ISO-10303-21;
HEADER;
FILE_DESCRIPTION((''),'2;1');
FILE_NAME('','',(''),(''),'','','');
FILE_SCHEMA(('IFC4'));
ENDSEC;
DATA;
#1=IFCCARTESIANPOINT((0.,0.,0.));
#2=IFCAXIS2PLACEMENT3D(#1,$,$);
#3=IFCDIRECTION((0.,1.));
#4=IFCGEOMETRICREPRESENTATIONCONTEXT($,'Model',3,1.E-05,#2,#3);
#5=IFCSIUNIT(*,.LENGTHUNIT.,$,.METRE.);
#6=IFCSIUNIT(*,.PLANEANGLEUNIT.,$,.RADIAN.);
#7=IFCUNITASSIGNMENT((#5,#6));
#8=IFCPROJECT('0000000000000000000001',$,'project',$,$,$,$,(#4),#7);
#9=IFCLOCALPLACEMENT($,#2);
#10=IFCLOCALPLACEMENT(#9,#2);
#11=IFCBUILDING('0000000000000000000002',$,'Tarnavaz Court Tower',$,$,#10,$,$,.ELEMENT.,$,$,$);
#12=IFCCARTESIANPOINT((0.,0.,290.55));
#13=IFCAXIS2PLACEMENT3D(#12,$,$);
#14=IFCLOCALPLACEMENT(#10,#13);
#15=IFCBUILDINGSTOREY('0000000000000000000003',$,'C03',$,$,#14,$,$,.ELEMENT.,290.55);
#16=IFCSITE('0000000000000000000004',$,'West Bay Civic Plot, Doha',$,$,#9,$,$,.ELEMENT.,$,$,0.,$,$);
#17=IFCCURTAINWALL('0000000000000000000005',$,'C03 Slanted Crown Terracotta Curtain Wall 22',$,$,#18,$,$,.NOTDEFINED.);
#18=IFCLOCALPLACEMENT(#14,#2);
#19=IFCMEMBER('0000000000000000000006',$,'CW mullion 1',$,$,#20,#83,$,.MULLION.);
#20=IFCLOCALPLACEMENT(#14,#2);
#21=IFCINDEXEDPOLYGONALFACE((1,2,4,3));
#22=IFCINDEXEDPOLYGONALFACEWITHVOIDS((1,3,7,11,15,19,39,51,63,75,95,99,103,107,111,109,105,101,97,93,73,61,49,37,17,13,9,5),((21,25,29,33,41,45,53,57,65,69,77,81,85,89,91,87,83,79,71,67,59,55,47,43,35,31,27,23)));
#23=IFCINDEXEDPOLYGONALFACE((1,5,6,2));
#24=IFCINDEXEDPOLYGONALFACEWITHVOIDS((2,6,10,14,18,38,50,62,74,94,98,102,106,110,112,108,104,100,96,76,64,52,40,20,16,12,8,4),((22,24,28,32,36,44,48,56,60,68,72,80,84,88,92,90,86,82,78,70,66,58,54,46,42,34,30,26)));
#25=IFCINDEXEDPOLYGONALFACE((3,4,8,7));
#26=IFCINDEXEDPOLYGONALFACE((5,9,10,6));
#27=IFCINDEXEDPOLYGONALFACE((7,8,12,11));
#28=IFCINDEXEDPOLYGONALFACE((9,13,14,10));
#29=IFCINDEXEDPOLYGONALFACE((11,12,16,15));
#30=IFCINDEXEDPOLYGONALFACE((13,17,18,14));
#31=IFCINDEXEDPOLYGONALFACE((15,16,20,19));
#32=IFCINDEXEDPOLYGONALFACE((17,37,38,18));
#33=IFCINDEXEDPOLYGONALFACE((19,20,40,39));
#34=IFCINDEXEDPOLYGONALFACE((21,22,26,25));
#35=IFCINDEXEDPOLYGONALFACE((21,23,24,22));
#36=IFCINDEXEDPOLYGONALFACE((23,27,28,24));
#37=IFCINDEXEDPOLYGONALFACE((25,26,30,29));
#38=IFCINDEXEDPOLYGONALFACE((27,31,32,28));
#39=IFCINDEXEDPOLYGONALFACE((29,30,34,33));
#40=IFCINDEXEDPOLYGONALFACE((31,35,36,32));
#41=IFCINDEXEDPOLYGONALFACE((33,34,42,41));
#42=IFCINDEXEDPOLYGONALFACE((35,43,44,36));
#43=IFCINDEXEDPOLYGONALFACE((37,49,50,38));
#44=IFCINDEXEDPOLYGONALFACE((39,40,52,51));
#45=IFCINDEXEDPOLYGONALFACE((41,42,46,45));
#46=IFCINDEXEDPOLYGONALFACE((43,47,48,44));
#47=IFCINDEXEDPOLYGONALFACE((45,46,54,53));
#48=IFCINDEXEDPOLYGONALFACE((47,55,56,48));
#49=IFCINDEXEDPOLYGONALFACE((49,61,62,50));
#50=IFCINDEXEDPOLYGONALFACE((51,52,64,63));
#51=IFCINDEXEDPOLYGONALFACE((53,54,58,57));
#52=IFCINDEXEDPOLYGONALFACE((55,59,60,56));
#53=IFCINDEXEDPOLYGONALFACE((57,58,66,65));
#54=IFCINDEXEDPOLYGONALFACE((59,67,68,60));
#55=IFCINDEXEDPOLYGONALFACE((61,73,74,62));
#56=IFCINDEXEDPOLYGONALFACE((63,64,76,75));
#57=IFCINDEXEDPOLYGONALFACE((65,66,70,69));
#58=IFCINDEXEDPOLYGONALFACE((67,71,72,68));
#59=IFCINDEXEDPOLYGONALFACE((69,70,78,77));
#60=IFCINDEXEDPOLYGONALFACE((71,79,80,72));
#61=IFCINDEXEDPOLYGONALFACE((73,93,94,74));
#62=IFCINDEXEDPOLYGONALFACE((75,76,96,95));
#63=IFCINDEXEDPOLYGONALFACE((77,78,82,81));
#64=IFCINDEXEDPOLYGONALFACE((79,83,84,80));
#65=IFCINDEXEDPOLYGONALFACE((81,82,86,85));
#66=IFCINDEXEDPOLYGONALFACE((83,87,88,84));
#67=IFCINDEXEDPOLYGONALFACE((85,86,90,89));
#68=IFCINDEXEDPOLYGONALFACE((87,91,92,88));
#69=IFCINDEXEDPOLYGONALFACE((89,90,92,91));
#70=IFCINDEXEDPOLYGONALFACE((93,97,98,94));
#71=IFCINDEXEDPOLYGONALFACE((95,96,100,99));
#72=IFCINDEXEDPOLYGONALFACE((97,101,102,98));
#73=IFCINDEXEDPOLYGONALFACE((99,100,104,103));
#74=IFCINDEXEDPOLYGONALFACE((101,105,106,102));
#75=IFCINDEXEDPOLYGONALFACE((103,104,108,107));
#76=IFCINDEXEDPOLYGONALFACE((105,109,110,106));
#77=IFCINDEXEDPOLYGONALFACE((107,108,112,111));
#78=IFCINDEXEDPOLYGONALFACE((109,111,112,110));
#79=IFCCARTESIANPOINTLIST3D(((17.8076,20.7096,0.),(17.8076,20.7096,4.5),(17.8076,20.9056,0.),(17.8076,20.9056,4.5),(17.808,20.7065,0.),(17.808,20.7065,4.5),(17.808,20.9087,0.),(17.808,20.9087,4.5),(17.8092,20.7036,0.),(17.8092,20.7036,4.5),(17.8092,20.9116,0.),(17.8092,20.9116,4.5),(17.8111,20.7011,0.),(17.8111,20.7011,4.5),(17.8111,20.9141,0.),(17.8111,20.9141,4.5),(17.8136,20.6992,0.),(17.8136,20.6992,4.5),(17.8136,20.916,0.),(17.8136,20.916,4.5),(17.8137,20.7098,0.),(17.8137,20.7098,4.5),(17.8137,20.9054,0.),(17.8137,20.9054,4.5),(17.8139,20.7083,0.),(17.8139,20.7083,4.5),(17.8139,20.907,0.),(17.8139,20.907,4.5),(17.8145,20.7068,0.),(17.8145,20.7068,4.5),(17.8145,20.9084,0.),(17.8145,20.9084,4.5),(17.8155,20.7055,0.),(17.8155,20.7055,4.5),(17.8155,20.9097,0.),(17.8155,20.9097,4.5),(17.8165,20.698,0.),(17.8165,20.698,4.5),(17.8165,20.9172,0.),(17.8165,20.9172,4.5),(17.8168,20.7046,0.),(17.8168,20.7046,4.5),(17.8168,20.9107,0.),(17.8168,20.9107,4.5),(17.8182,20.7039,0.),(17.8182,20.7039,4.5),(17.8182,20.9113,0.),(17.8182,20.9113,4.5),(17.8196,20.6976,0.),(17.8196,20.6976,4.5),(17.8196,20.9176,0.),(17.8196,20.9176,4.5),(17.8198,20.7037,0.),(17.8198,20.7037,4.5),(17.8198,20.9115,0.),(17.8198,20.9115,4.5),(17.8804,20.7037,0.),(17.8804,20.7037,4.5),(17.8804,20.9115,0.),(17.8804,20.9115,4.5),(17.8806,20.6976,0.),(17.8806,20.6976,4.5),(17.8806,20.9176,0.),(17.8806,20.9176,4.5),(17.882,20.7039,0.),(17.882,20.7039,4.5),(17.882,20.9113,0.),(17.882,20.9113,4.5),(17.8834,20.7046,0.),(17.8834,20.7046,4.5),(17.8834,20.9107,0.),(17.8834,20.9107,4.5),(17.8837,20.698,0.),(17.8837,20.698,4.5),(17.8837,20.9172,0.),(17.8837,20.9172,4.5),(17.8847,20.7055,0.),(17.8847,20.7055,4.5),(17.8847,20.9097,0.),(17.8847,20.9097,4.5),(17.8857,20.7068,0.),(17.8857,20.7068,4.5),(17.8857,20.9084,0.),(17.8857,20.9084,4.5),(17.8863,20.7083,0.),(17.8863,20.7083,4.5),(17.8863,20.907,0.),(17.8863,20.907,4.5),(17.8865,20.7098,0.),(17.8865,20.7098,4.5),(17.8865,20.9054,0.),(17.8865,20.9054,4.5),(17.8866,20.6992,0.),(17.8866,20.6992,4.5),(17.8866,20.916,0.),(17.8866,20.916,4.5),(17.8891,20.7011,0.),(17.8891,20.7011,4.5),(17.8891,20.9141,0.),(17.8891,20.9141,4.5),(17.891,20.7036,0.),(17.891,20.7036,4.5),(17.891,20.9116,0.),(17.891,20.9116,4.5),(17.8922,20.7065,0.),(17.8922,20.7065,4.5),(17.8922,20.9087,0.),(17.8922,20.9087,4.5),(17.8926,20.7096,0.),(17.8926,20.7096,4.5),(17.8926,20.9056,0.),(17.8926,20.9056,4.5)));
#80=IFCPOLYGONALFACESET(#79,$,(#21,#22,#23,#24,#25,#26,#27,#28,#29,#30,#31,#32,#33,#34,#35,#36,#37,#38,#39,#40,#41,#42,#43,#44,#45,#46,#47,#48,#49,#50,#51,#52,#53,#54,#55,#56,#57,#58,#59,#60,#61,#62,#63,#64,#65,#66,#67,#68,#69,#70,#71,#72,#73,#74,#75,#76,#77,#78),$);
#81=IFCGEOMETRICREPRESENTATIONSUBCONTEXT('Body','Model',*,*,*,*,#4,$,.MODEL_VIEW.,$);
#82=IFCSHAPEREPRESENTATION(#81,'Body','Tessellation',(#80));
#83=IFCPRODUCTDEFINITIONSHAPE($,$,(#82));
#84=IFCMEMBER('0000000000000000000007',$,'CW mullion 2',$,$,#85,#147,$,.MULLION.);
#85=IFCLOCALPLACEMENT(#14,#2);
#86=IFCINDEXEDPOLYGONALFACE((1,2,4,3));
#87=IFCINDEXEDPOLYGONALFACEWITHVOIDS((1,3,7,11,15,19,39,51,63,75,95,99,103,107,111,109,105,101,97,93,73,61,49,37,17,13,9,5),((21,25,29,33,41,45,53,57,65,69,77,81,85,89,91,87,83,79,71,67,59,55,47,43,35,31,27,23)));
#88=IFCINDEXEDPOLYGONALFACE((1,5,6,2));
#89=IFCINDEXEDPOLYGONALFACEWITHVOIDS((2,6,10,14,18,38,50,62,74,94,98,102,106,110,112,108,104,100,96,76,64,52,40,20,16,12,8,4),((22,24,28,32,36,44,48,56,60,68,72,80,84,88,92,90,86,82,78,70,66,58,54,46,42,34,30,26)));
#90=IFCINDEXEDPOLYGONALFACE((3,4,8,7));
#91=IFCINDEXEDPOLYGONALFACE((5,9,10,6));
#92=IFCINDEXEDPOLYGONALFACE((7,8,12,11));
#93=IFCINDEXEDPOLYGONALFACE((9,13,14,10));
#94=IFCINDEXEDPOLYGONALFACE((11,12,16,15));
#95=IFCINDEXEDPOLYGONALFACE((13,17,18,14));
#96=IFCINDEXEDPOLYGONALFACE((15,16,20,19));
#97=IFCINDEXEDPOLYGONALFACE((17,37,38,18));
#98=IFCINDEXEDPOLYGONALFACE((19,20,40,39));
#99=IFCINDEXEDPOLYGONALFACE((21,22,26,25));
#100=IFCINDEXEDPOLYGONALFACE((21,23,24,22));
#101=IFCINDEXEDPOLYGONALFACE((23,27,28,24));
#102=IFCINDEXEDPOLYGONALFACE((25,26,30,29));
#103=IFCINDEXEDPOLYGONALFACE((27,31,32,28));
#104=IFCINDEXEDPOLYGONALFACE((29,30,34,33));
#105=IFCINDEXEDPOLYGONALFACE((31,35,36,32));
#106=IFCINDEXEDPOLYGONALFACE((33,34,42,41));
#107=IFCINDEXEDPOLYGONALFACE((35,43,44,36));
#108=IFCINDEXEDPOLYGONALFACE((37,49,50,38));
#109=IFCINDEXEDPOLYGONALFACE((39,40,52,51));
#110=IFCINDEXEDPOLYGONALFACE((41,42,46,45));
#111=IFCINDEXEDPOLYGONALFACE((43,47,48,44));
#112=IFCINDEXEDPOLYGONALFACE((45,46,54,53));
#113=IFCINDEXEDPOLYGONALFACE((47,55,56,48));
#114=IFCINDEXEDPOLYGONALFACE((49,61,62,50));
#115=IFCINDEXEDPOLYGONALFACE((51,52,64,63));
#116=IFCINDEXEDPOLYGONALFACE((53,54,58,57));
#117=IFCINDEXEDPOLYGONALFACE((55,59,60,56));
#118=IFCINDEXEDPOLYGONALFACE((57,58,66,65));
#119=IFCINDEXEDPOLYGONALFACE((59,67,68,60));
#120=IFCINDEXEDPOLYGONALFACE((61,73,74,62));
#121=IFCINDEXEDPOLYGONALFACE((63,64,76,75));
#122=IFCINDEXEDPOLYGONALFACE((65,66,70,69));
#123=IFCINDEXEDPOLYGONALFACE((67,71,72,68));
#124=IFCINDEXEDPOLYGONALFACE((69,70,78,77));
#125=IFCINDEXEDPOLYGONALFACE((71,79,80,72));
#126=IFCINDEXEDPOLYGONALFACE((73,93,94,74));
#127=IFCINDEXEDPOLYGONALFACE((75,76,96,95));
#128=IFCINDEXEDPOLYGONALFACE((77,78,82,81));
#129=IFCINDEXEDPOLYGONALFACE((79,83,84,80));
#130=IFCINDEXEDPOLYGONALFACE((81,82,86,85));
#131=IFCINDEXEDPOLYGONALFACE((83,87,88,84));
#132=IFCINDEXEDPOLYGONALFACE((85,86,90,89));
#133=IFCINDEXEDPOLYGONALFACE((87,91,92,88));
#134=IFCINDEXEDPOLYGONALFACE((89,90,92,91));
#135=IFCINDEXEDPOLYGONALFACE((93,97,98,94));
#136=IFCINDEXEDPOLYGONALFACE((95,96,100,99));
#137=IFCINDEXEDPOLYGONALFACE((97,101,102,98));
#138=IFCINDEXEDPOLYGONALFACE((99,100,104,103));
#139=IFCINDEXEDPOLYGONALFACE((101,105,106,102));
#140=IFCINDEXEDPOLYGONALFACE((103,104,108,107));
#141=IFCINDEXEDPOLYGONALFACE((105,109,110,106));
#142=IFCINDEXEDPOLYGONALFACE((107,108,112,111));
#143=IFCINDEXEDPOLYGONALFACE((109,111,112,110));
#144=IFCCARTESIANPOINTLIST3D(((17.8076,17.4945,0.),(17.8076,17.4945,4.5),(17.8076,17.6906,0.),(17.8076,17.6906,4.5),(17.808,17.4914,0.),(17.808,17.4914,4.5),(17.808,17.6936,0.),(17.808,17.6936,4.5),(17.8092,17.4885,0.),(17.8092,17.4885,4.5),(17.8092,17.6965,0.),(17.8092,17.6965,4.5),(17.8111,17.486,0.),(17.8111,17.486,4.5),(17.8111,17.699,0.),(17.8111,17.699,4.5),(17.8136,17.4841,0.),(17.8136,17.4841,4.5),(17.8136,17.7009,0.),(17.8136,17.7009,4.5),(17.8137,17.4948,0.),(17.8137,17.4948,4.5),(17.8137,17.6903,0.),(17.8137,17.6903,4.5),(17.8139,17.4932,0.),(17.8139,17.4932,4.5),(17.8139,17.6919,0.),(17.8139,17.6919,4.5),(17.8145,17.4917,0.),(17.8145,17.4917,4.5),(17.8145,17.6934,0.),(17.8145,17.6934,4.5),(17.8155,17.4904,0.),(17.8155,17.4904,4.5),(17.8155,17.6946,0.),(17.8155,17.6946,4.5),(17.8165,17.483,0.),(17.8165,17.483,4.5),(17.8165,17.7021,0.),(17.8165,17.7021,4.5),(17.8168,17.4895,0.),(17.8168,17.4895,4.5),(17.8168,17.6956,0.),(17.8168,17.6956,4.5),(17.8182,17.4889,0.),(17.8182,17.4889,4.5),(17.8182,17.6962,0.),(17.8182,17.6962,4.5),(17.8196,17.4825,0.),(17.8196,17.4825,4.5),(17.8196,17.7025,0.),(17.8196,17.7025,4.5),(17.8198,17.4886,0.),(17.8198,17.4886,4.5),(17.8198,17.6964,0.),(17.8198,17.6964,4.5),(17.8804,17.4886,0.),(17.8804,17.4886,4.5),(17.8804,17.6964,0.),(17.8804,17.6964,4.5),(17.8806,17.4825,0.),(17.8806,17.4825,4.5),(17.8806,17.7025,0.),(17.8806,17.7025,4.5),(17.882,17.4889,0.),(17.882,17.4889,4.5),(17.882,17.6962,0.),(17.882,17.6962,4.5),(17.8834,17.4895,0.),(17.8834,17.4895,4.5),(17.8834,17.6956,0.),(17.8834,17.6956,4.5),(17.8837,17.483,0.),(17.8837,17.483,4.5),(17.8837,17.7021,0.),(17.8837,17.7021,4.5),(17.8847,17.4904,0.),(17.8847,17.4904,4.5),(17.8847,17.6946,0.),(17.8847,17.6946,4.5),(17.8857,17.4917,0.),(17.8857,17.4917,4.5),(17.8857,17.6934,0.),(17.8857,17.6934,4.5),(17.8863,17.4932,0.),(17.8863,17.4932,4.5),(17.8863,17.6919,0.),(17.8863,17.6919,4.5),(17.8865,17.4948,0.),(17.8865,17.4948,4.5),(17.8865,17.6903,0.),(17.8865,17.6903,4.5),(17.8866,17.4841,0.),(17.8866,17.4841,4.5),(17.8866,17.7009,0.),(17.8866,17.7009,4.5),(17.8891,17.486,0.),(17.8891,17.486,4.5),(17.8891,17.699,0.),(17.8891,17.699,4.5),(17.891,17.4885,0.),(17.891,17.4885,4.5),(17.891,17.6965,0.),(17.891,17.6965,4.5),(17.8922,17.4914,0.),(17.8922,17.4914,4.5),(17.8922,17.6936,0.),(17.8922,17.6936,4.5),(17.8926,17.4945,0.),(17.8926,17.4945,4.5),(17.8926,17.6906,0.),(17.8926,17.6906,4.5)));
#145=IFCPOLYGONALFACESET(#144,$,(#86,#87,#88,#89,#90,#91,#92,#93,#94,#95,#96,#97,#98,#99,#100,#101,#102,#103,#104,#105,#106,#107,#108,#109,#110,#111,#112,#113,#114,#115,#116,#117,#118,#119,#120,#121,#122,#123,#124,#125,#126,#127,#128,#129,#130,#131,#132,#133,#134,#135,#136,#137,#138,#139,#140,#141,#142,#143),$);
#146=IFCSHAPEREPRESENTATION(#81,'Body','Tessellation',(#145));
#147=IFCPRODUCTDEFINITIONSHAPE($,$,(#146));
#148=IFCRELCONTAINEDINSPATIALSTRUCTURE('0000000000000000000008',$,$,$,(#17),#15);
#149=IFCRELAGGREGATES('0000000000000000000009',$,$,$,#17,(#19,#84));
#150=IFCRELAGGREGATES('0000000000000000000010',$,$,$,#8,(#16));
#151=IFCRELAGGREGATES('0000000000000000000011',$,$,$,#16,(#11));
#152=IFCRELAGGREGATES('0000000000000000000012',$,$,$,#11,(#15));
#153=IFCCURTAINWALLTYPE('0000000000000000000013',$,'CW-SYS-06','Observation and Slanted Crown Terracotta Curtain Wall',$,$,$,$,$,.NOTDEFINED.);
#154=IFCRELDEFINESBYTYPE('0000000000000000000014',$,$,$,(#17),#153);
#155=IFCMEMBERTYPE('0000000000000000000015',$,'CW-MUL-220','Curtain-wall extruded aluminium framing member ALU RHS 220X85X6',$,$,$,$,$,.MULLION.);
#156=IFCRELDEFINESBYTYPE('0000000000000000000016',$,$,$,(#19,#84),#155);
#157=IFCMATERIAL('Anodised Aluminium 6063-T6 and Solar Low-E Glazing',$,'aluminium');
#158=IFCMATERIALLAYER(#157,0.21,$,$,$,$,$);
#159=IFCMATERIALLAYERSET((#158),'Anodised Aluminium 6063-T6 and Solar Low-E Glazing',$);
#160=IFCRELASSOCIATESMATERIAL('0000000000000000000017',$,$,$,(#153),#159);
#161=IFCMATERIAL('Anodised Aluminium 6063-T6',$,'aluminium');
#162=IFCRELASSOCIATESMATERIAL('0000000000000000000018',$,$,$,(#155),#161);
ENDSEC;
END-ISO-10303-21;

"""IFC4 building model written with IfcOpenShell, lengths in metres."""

from ifc_helpers import new_model, si_unit, direction, frame, origin, origin_2d, place, context, subcontext, project, spatial, hollow_rectangle, extrude, material, layer, layer_set, material_profile, profile_set, type_object, element, aggregate, save


model = new_model("IFC4")

# Units and contexts
model_context = context("Model", 3, precision=1e-05, world=origin(), true_north=direction((0.0, 1.0)))
body_context = subcontext(model_context, "Body", "Model", "MODEL_VIEW")
ifc_project = project(units=[si_unit("LENGTHUNIT", "METRE"), si_unit("PLANEANGLEUNIT", "RADIAN")], contexts=[model_context])

# Site, building, storey
site_placement = place(None, origin())
site = spatial("IfcSite", under=ifc_project, at=site_placement, Name="West Bay Civic Plot, Doha", CompositionType="ELEMENT", RefElevation=0.0)
building_placement = place(site_placement, origin())
building = spatial("IfcBuilding", under=site, at=building_placement, Name="Tarnavaz Court Tower", CompositionType="ELEMENT")
storey_placement = place(building_placement, frame((0.0, 0.0, 290.55)))
storey = spatial("IfcBuildingStorey", under=building, at=storey_placement, Name="C03", CompositionType="ELEMENT", Elevation=290.55)

# Shared definitions
ifc_material_1 = material(Name="Anodised Aluminium 6063-T6 and Solar Low-E Glazing", Category="aluminium")
ifc_layer_1 = layer(ifc_material_1, 0.21)
ifc_layer_set_1 = layer_set([ifc_layer_1], Name="Anodised Aluminium 6063-T6 and Solar Low-E Glazing")
curtain_wall_type = type_object("IfcCurtainWallType", Name="CW-SYS-06", Description="Observation and Slanted Crown Terracotta Curtain Wall", PredefinedType="NOTDEFINED", material=ifc_layer_set_1)
ifc_material_2 = material(Name="Anodised Aluminium 6063-T6", Category="aluminium")
ifc_material_profile_1 = material_profile(ifc_material_2, hollow_rectangle(XDim=0.085, YDim=0.22, WallThickness=0.0061, InnerFilletRadius=0.0061, OuterFilletRadius=0.012, at=origin_2d()), Name="ALU RHS 220X85X6")
ifc_profile_set_1 = profile_set([ifc_material_profile_1], Name="Anodised Aluminium 6063-T6")
member_type_1 = type_object("IfcMemberType", Name="CW-MUL-220", Description="Curtain-wall extruded aluminium framing member ALU RHS 220X85X6", PredefinedType="MULLION", material=ifc_profile_set_1)

# Curtain wall, members
curtain_wall_1_placement = place(storey_placement, origin())
curtain_wall_1 = element("IfcCurtainWall", 1, at=curtain_wall_1_placement, inside=storey, type_object=curtain_wall_type, Name="C03 Slanted Crown Terracotta Curtain Wall 22", PredefinedType="NOTDEFINED")
member_1_placement = place(storey_placement, frame((17.8501, 20.8076, 0.0), z_axis=(0.0, 0.0, 1.0), x_axis=(1.0, 0.0, 0.0)))
member_1 = element("IfcMember", 2, at=member_1_placement, type_object=member_type_1, Name="CW mullion 1", PredefinedType="MULLION", context=body_context, shape_type="SweptSolid", body=[
    extrude(hollow_rectangle(XDim=0.085, YDim=0.22, WallThickness=0.0061, InnerFilletRadius=0.0061, OuterFilletRadius=0.012, at=origin_2d()), origin(), (0.0, 0.0, 1.0), 4.5),
])
member_2_placement = place(storey_placement, frame((17.8501, 17.5925, 0.0), z_axis=(0.0, 0.0, 1.0), x_axis=(1.0, 0.0, 0.0)))
member_2 = element("IfcMember", 3, at=member_2_placement, type_object=member_type_1, Name="CW mullion 2", PredefinedType="MULLION", context=body_context, shape_type="SweptSolid", body=[
    extrude(hollow_rectangle(XDim=0.085, YDim=0.22, WallThickness=0.0061, InnerFilletRadius=0.0061, OuterFilletRadius=0.012, at=origin_2d()), origin(), (0.0, 0.0, 1.0), 4.5),
])

aggregate(curtain_wall_1, [member_1, member_2])

save(model, "model.ifc")
